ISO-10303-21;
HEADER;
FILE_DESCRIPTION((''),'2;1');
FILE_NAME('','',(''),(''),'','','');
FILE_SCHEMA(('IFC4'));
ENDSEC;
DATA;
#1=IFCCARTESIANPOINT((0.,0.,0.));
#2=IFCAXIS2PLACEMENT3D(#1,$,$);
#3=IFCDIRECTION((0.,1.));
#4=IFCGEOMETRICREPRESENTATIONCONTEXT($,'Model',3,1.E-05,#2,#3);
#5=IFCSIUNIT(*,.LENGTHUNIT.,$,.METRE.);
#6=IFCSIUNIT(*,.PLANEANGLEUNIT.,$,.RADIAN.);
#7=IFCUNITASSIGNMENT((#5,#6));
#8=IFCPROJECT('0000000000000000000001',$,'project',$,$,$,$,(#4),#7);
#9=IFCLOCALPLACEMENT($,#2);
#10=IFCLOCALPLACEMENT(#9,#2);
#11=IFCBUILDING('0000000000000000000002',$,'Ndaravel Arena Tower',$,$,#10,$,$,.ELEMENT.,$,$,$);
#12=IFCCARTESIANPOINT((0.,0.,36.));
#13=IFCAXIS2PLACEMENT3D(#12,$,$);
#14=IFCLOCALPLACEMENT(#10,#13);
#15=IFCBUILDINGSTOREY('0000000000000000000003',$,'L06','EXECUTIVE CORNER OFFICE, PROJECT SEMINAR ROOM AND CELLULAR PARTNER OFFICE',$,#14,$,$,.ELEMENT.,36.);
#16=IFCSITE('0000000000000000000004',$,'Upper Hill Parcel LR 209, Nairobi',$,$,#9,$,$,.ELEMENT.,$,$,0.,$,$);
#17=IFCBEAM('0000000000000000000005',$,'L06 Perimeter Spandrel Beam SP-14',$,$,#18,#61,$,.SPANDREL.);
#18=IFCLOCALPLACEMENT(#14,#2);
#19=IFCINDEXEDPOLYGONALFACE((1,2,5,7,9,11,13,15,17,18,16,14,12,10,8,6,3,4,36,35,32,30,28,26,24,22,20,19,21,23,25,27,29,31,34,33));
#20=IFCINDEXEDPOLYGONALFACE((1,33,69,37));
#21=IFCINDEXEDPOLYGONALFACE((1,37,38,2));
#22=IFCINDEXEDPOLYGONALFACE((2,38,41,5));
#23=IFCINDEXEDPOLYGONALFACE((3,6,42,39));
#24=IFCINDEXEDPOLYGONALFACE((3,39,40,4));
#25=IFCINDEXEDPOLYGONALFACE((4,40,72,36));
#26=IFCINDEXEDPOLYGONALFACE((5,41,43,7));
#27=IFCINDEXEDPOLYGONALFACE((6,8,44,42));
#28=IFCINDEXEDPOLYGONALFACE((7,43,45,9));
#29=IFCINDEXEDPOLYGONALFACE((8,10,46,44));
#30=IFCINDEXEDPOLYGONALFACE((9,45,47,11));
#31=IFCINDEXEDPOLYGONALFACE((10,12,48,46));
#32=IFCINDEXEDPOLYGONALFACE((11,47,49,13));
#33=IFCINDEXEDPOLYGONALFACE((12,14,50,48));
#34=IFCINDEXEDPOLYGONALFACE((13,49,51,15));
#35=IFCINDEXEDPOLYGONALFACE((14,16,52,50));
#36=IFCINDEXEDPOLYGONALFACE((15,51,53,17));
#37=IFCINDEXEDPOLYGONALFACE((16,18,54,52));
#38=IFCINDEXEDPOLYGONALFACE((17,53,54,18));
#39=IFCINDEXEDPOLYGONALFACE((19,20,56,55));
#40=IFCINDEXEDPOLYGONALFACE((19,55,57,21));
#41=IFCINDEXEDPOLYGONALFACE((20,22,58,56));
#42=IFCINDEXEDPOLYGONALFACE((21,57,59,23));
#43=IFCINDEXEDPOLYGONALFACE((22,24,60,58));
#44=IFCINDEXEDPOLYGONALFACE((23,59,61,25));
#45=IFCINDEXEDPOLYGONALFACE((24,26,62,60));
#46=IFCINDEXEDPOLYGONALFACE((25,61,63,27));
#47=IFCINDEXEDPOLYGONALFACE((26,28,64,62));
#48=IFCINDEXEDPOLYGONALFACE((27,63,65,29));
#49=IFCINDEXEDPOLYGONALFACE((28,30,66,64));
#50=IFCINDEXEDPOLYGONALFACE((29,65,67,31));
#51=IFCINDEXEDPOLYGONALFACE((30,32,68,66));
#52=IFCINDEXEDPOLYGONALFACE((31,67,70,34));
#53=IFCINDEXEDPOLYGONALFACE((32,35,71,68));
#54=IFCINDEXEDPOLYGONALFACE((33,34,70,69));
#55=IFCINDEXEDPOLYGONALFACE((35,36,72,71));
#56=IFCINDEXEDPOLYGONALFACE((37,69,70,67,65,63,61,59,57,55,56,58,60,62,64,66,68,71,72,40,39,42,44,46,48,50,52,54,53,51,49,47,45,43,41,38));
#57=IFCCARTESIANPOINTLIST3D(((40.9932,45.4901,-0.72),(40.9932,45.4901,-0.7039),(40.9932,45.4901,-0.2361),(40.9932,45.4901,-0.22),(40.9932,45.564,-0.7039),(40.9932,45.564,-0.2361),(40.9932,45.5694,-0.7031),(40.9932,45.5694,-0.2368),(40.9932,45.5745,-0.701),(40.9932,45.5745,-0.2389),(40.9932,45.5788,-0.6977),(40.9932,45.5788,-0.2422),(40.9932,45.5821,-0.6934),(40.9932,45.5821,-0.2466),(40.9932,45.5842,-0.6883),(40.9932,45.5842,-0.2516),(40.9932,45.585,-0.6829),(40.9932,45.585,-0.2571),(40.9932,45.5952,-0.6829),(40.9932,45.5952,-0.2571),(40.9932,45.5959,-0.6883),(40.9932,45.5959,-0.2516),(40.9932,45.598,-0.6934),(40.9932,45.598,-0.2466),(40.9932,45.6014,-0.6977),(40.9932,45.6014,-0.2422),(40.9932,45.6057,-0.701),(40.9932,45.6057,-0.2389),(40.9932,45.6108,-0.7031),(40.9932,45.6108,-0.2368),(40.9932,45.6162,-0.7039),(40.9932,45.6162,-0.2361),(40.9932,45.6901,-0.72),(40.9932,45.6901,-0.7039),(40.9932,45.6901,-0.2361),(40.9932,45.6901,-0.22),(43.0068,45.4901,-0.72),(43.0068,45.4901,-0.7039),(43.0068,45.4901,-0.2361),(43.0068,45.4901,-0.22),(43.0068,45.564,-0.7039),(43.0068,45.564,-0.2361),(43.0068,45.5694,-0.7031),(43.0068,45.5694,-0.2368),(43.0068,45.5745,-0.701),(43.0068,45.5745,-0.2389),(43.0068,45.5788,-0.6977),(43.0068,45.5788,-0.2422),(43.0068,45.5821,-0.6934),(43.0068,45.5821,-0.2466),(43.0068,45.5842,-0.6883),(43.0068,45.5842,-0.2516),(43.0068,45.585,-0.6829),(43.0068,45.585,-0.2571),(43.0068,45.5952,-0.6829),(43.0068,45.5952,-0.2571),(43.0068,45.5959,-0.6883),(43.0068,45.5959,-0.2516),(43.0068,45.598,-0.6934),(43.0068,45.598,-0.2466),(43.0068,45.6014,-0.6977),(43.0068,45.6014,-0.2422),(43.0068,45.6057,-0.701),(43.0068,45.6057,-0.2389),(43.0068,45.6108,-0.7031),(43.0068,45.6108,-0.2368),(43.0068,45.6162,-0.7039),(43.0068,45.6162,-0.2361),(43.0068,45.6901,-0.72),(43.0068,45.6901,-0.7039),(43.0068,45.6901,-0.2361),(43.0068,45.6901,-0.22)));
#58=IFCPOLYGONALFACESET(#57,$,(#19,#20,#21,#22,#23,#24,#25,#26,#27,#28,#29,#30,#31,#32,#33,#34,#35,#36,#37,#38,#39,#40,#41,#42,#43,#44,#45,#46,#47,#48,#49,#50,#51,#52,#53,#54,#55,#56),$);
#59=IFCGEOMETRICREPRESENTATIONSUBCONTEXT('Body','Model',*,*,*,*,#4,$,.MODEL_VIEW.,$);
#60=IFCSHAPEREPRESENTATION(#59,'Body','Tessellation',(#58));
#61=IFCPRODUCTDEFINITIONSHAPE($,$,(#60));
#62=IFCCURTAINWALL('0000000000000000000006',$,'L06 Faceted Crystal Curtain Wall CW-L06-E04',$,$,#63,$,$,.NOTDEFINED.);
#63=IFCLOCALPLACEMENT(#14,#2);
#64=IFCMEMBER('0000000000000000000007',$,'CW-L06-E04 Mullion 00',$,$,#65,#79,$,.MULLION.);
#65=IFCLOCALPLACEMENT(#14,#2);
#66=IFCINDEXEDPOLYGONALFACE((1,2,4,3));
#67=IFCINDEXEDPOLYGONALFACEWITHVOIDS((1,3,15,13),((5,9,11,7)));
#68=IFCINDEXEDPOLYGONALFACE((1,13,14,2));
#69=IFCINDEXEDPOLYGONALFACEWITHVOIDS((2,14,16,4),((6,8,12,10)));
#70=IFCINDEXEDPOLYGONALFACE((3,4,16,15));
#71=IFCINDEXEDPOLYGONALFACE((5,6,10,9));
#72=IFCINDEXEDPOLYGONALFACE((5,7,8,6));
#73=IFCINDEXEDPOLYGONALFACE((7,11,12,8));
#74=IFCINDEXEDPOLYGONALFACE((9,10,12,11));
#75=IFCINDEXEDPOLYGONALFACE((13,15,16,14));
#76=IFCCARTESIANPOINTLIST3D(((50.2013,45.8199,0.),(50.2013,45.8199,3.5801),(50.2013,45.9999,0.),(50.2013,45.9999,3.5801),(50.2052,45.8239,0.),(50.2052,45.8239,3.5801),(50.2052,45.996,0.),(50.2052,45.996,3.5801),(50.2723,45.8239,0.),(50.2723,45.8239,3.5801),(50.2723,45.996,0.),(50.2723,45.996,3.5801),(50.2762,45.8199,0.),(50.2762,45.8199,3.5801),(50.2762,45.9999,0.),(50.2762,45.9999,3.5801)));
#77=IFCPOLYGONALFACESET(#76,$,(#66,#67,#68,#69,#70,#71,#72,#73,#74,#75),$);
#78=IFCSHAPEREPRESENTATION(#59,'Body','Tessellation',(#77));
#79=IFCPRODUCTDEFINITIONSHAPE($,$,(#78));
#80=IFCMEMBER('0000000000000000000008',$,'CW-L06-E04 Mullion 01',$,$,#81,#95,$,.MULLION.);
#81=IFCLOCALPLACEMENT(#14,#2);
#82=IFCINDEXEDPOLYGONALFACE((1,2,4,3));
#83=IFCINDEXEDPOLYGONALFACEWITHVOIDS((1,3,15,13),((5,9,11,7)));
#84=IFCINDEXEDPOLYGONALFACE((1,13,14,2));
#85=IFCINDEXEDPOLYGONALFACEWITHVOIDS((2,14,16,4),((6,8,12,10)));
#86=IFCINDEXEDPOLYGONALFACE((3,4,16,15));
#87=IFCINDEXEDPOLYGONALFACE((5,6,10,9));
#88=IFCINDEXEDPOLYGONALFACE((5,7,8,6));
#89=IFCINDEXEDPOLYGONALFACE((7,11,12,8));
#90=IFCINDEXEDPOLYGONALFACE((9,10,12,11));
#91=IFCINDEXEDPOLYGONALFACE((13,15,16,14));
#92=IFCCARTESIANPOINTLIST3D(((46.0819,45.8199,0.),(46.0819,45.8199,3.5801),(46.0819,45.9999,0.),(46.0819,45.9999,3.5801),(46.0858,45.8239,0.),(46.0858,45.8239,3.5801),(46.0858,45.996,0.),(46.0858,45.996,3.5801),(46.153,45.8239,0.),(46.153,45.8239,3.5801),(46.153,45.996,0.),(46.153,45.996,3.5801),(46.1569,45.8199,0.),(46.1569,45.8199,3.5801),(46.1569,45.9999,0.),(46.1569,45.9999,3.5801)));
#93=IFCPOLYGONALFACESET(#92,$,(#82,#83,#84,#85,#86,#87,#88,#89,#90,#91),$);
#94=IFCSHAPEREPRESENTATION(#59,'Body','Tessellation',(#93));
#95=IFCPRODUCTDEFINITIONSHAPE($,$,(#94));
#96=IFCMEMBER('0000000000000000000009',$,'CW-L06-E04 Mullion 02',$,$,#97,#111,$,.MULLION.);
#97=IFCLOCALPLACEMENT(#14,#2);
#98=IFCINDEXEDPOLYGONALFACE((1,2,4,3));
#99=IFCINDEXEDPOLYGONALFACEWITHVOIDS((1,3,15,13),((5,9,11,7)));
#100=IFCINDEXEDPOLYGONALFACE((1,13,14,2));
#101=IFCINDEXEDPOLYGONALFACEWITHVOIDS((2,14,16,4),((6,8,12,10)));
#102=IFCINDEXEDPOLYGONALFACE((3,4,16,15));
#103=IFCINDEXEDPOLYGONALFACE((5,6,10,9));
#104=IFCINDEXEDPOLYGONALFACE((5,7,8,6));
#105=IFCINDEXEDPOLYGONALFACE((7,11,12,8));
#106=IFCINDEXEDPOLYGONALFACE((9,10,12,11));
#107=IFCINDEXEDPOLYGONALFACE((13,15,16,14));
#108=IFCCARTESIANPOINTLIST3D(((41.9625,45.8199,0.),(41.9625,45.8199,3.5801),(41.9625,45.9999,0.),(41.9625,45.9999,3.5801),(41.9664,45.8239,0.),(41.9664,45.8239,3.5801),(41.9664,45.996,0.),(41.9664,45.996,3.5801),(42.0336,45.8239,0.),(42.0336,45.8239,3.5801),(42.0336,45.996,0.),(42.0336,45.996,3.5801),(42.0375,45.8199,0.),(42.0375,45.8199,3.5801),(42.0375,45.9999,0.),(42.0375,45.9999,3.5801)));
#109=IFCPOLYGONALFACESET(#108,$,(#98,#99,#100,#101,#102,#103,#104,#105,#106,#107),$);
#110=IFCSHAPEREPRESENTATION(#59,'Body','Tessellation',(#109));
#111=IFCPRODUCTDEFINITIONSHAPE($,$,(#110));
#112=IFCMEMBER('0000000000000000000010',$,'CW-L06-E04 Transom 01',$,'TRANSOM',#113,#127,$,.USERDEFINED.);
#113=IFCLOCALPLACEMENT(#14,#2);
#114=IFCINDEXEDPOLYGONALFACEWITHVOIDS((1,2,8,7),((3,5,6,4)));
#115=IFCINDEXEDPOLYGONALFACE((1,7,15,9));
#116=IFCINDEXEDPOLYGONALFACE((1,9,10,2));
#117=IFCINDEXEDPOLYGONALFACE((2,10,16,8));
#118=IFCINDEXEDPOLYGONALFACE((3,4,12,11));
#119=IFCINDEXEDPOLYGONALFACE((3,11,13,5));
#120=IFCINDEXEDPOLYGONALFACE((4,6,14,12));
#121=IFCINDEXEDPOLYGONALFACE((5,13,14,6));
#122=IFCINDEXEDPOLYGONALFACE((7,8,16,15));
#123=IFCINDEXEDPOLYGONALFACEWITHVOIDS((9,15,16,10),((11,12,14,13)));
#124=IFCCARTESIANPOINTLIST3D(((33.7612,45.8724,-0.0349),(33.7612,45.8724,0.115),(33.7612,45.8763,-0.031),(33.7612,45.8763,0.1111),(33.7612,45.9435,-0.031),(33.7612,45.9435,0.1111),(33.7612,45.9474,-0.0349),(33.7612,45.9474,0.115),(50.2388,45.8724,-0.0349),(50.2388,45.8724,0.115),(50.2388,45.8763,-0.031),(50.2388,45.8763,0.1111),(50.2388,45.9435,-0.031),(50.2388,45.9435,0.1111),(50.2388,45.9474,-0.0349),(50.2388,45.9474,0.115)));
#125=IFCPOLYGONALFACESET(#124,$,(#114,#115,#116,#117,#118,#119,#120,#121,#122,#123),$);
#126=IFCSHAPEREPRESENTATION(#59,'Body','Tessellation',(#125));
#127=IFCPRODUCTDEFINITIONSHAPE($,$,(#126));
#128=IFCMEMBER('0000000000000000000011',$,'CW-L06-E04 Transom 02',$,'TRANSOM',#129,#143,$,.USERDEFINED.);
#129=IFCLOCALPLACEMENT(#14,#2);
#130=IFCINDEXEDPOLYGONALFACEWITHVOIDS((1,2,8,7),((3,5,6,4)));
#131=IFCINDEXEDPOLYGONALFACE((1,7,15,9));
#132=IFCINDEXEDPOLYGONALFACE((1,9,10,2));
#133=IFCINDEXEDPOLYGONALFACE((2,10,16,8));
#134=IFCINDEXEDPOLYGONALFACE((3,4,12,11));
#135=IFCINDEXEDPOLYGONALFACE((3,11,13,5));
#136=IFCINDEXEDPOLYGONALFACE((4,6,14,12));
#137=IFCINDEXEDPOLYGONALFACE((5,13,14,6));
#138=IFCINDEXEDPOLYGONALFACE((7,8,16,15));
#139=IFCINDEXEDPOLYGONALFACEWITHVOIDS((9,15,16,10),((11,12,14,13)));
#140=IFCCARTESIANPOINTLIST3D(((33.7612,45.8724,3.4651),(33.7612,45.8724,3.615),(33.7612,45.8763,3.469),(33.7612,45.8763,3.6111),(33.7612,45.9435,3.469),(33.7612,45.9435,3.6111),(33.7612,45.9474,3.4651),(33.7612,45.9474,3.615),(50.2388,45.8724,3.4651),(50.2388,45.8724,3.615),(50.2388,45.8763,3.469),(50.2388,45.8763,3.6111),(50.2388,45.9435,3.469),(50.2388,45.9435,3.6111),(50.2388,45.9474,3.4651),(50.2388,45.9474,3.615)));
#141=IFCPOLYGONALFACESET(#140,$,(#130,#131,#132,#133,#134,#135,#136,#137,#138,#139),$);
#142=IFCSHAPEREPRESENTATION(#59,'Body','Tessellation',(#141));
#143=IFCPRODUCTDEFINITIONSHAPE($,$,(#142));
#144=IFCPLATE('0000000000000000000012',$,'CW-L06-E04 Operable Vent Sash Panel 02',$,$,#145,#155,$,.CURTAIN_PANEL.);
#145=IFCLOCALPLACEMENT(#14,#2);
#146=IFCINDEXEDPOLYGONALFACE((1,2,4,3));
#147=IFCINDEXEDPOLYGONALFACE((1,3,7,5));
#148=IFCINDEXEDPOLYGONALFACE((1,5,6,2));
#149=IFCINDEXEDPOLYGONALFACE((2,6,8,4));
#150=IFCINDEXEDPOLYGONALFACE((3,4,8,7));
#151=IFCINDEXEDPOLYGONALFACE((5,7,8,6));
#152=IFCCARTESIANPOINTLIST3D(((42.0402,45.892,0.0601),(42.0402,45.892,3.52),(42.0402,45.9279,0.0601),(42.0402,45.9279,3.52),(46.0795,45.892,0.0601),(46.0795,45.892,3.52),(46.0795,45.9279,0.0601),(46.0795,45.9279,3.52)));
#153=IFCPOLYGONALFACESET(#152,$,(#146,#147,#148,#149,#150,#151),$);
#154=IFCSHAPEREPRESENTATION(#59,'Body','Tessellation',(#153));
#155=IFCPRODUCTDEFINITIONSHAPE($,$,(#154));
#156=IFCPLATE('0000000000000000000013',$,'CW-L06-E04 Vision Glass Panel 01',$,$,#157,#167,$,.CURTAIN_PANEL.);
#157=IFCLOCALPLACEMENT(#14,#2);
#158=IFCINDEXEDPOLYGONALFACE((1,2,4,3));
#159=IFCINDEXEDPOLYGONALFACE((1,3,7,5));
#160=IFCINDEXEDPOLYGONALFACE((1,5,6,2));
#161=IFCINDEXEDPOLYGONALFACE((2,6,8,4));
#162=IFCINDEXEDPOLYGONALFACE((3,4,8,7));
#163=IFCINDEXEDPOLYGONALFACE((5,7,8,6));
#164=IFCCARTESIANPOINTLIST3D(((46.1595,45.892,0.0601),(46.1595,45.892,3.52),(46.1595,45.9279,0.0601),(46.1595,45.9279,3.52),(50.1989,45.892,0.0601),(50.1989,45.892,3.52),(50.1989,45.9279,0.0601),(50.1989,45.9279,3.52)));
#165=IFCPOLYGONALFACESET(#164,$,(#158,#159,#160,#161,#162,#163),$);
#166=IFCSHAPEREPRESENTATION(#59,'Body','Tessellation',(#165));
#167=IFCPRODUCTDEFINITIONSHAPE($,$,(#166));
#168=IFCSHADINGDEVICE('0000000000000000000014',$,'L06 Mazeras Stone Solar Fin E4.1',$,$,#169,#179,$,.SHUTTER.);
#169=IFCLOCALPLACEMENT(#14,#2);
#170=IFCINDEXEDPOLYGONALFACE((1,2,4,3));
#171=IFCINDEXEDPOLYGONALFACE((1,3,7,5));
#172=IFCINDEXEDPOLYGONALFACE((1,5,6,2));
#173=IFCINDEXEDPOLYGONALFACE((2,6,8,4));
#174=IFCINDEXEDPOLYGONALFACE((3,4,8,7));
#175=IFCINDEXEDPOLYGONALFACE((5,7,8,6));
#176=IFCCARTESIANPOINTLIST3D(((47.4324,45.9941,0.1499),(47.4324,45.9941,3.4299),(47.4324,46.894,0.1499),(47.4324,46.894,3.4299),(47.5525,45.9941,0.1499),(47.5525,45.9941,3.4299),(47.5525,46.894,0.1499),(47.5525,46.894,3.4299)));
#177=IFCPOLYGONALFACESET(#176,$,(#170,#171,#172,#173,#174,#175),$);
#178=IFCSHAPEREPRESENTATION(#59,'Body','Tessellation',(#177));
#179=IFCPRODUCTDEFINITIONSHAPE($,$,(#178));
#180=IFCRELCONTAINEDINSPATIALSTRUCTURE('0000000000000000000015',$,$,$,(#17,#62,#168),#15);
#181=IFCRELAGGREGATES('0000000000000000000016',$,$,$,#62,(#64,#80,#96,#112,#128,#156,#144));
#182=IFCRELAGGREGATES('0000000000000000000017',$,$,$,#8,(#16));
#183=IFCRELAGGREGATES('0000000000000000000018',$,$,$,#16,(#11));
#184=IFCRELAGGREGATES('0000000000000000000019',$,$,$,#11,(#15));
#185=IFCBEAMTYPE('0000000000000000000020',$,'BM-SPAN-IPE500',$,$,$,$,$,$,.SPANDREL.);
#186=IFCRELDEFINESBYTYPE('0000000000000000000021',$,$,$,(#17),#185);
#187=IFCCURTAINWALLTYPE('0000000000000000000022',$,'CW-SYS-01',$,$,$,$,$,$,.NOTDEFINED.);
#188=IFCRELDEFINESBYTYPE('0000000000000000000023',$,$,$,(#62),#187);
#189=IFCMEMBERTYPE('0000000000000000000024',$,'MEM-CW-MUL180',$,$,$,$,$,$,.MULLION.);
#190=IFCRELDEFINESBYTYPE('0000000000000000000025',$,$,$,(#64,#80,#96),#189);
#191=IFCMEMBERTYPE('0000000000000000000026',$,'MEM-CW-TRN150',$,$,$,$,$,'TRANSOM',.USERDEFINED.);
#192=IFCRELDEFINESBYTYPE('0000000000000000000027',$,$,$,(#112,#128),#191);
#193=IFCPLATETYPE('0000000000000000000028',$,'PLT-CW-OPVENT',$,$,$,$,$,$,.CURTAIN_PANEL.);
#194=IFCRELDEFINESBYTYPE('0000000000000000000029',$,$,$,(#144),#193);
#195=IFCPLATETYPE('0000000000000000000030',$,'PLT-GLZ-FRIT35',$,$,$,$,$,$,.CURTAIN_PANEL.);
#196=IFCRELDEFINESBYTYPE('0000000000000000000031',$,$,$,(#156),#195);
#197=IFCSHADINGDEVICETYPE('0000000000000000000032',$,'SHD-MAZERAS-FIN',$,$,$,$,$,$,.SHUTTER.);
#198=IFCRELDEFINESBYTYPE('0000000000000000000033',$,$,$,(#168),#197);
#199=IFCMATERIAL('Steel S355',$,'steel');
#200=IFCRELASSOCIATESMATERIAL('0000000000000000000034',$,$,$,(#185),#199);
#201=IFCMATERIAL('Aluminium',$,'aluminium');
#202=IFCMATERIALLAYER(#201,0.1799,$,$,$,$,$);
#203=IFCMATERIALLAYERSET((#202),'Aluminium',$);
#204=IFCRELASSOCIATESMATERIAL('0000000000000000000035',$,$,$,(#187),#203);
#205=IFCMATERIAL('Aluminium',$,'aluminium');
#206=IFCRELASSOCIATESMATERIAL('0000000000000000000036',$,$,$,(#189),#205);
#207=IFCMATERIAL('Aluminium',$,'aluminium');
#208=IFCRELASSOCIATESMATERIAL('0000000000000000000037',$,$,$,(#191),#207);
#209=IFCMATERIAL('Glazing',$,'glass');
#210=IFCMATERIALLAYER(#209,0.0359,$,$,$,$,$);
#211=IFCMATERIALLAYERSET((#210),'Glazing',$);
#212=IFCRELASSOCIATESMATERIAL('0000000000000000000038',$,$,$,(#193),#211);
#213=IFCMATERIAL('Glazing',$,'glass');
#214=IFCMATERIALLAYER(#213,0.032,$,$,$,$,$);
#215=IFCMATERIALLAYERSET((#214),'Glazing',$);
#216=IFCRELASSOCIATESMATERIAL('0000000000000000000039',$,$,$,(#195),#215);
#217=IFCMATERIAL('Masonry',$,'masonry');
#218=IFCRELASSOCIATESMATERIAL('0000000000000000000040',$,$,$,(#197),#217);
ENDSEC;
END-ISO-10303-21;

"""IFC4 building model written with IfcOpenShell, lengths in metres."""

from ifc_helpers import new_model, si_unit, direction, frame, origin, origin_2d, place, context, subcontext, project, spatial, rectangle, hollow_rectangle, i_section, extrude, material, layer, layer_set, material_profile, profile_set, type_object, element, aggregate, save


model = new_model("IFC4")

# Units and contexts
model_context = context("Model", 3, precision=1e-05, world=origin(), true_north=direction((0.0, 1.0)))
body_context = subcontext(model_context, "Body", "Model", "MODEL_VIEW")
ifc_project = project(units=[si_unit("LENGTHUNIT", "METRE"), si_unit("PLANEANGLEUNIT", "RADIAN")], contexts=[model_context])

# Site, building, storey
site_placement = place(None, origin())
site = spatial("IfcSite", under=ifc_project, at=site_placement, Name="Upper Hill Parcel LR 209, Nairobi", CompositionType="ELEMENT", RefElevation=0.0)
building_placement = place(site_placement, origin())
building = spatial("IfcBuilding", under=site, at=building_placement, Name="Ndaravel Arena Tower", CompositionType="ELEMENT")
storey_placement = place(building_placement, frame((0.0, 0.0, 36.0)))
storey = spatial("IfcBuildingStorey", under=building, at=storey_placement, Name="L06", Description="EXECUTIVE CORNER OFFICE, PROJECT SEMINAR ROOM AND CELLULAR PARTNER OFFICE", CompositionType="ELEMENT", Elevation=36.0)

# Beam
ifc_material_1 = material(Name="Steel S355", Category="steel")
ifc_material_profile_1 = material_profile(ifc_material_1, i_section(OverallWidth=0.2, OverallDepth=0.5, WebThickness=0.0103, FlangeThickness=0.0161, FilletRadius=0.021, at=origin_2d()), Name="IPE 500")
ifc_profile_set_1 = profile_set([ifc_material_profile_1], Name="Steel S355")
beam_type_1 = type_object("IfcBeamType", Name="BM-SPAN-IPE500", PredefinedType="SPANDREL", material=ifc_profile_set_1)
beam_1_placement = place(storey_placement, frame((43.0068, 45.5901, -0.47), z_axis=(-1.0, 0.0, 0.0), x_axis=(0.0, -1.0, 0.0)))
element("IfcBeam", 1, at=beam_1_placement, inside=storey, type_object=beam_type_1, Name="L06 Perimeter Spandrel Beam SP-14", PredefinedType="SPANDREL", context=body_context, shape_type="SweptSolid", body=[
    extrude(i_section(OverallWidth=0.2, OverallDepth=0.5, WebThickness=0.0103, FlangeThickness=0.0161, FilletRadius=0.021, at=origin_2d()), origin(), (0.0, 0.0, 1.0), 2.0137),
])

# Curtain wall, members, plates
ifc_material_2 = material(Name="Aluminium", Category="aluminium")
ifc_layer_1 = layer(ifc_material_2, 0.1799)
ifc_layer_set_1 = layer_set([ifc_layer_1], Name="Aluminium")
curtain_wall_type = type_object("IfcCurtainWallType", Name="CW-SYS-01", PredefinedType="NOTDEFINED", material=ifc_layer_set_1)
curtain_wall_placement = place(storey_placement, origin())
curtain_wall = element("IfcCurtainWall", 2, at=curtain_wall_placement, inside=storey, type_object=curtain_wall_type, Name="L06 Faceted Crystal Curtain Wall CW-L06-E04", PredefinedType="NOTDEFINED")
ifc_material_3 = material(Name="Aluminium", Category="aluminium")
ifc_material_profile_2 = material_profile(ifc_material_3, hollow_rectangle(XDim=0.075, YDim=0.1799, WallThickness=0.0039, at=origin_2d()), Name="CW MULLION 75x180x4")
ifc_profile_set_2 = profile_set([ifc_material_profile_2], Name="Aluminium")
member_type_1 = type_object("IfcMemberType", Name="MEM-CW-MUL180", PredefinedType="MULLION", material=ifc_profile_set_2)
member_1_placement = place(storey_placement, frame((50.2388, 45.9099, 0.0), z_axis=(0.0, 0.0, 1.0), x_axis=(-1.0, 0.0, 0.0)))
member_1 = element("IfcMember", 3, at=member_1_placement, type_object=member_type_1, Name="CW-L06-E04 Mullion 00", PredefinedType="MULLION", context=body_context, shape_type="SweptSolid", body=[
    extrude(hollow_rectangle(XDim=0.075, YDim=0.1799, WallThickness=0.0039, at=origin_2d()), origin(), (0.0, 0.0, 1.0), 3.5801),
])
member_2_placement = place(storey_placement, frame((46.1194, 45.9099, 0.0), z_axis=(0.0, 0.0, 1.0), x_axis=(-1.0, 0.0, 0.0)))
member_2 = element("IfcMember", 4, at=member_2_placement, type_object=member_type_1, Name="CW-L06-E04 Mullion 01", PredefinedType="MULLION", context=body_context, shape_type="SweptSolid", body=[
    extrude(hollow_rectangle(XDim=0.075, YDim=0.1799, WallThickness=0.0039, at=origin_2d()), origin(), (0.0, 0.0, 1.0), 3.5801),
])
member_3_placement = place(storey_placement, frame((42.0, 45.9099, 0.0), z_axis=(0.0, 0.0, 1.0), x_axis=(-1.0, 0.0, 0.0)))
member_3 = element("IfcMember", 5, at=member_3_placement, type_object=member_type_1, Name="CW-L06-E04 Mullion 02", PredefinedType="MULLION", context=body_context, shape_type="SweptSolid", body=[
    extrude(hollow_rectangle(XDim=0.075, YDim=0.1799, WallThickness=0.0039, at=origin_2d()), origin(), (0.0, 0.0, 1.0), 3.5801),
])
ifc_material_4 = material(Name="Aluminium", Category="aluminium")
ifc_material_profile_3 = material_profile(ifc_material_4, hollow_rectangle(XDim=0.075, YDim=0.1499, WallThickness=0.0039, at=origin_2d()), Name="CW TRANSOM 75x150x4")
ifc_profile_set_3 = profile_set([ifc_material_profile_3], Name="Aluminium")
member_type_2 = type_object("IfcMemberType", Name="MEM-CW-TRN150", ElementType="TRANSOM", PredefinedType="USERDEFINED", material=ifc_profile_set_3)
member_4_placement = place(storey_placement, frame((50.2388, 45.9099, 0.04), z_axis=(-1.0, 0.0, 0.0), x_axis=(0.0, -1.0, 0.0)))
member_4 = element("IfcMember", 6, at=member_4_placement, type_object=member_type_2, Name="CW-L06-E04 Transom 01", ObjectType="TRANSOM", PredefinedType="USERDEFINED", context=body_context, shape_type="SweptSolid", body=[
    extrude(hollow_rectangle(XDim=0.075, YDim=0.1499, WallThickness=0.0039, at=origin_2d()), origin(), (0.0, 0.0, 1.0), 16.4775),
])
member_5_placement = place(storey_placement, frame((50.2388, 45.9099, 3.54), z_axis=(-1.0, 0.0, 0.0), x_axis=(0.0, -1.0, 0.0)))
member_5 = element("IfcMember", 7, at=member_5_placement, type_object=member_type_2, Name="CW-L06-E04 Transom 02", ObjectType="TRANSOM", PredefinedType="USERDEFINED", context=body_context, shape_type="SweptSolid", body=[
    extrude(hollow_rectangle(XDim=0.075, YDim=0.1499, WallThickness=0.0039, at=origin_2d()), origin(), (0.0, 0.0, 1.0), 16.4775),
])
ifc_material_5 = material(Name="Glazing", Category="glass")
ifc_layer_2 = layer(ifc_material_5, 0.0359)
ifc_layer_set_2 = layer_set([ifc_layer_2], Name="Glazing")
plate_type_1 = type_object("IfcPlateType", Name="PLT-CW-OPVENT", PredefinedType="CURTAIN_PANEL", material=ifc_layer_set_2)
plate_1_placement = place(storey_placement, frame((44.0598, 45.9099, 0.0601), z_axis=(0.0, 0.0, 1.0), x_axis=(-1.0, 0.0, 0.0)))
plate_1 = element("IfcPlate", 8, at=plate_1_placement, type_object=plate_type_1, Name="CW-L06-E04 Operable Vent Sash Panel 02", PredefinedType="CURTAIN_PANEL", context=body_context, shape_type="SweptSolid", body=[
    extrude(rectangle(XDim=4.0393, YDim=0.0359, at=origin_2d()), origin(), (0.0, 0.0, 1.0), 3.46),
])
ifc_material_6 = material(Name="Glazing", Category="glass")
ifc_layer_3 = layer(ifc_material_6, 0.032)
ifc_layer_set_3 = layer_set([ifc_layer_3], Name="Glazing")
plate_type_2 = type_object("IfcPlateType", Name="PLT-GLZ-FRIT35", PredefinedType="CURTAIN_PANEL", material=ifc_layer_set_3)
plate_2_placement = place(storey_placement, frame((48.1792, 45.9099, 0.0601), z_axis=(0.0, 0.0, 1.0), x_axis=(-1.0, 0.0, 0.0)))
plate_2 = element("IfcPlate", 9, at=plate_2_placement, type_object=plate_type_2, Name="CW-L06-E04 Vision Glass Panel 01", PredefinedType="CURTAIN_PANEL", context=body_context, shape_type="SweptSolid", body=[
    extrude(rectangle(XDim=4.0393, YDim=0.0359, at=origin_2d()), origin(), (0.0, 0.0, 1.0), 3.46),
])
aggregate(curtain_wall, [member_1, member_2, member_3, member_4, member_5, plate_2, plate_1])

# Shading device
ifc_material_7 = material(Name="Masonry", Category="masonry")
shading_device_type = type_object("IfcShadingDeviceType", Name="SHD-MAZERAS-FIN", PredefinedType="SHUTTER", material=ifc_material_7)
for number, where, z_axis, x_axis, name in (
    (10, (47.4924, 46.4441, 0.1499), (0.0, 0.0, 1.0), (0.0, 1.0, 0.0), "L06 Mazeras Stone Solar Fin E4.1"),
):
    element("IfcShadingDevice", number, at=place(storey_placement, frame(where, z_axis=z_axis, x_axis=x_axis)), inside=storey, type_object=shading_device_type, Name=name, PredefinedType="SHUTTER", context=body_context, shape_type="SweptSolid", body=[
        extrude(rectangle(XDim=0.8999, YDim=0.1201, at=origin_2d()), origin(), (0.0, 0.0, 1.0), 3.28),
    ])

save(model, "model.ifc")
